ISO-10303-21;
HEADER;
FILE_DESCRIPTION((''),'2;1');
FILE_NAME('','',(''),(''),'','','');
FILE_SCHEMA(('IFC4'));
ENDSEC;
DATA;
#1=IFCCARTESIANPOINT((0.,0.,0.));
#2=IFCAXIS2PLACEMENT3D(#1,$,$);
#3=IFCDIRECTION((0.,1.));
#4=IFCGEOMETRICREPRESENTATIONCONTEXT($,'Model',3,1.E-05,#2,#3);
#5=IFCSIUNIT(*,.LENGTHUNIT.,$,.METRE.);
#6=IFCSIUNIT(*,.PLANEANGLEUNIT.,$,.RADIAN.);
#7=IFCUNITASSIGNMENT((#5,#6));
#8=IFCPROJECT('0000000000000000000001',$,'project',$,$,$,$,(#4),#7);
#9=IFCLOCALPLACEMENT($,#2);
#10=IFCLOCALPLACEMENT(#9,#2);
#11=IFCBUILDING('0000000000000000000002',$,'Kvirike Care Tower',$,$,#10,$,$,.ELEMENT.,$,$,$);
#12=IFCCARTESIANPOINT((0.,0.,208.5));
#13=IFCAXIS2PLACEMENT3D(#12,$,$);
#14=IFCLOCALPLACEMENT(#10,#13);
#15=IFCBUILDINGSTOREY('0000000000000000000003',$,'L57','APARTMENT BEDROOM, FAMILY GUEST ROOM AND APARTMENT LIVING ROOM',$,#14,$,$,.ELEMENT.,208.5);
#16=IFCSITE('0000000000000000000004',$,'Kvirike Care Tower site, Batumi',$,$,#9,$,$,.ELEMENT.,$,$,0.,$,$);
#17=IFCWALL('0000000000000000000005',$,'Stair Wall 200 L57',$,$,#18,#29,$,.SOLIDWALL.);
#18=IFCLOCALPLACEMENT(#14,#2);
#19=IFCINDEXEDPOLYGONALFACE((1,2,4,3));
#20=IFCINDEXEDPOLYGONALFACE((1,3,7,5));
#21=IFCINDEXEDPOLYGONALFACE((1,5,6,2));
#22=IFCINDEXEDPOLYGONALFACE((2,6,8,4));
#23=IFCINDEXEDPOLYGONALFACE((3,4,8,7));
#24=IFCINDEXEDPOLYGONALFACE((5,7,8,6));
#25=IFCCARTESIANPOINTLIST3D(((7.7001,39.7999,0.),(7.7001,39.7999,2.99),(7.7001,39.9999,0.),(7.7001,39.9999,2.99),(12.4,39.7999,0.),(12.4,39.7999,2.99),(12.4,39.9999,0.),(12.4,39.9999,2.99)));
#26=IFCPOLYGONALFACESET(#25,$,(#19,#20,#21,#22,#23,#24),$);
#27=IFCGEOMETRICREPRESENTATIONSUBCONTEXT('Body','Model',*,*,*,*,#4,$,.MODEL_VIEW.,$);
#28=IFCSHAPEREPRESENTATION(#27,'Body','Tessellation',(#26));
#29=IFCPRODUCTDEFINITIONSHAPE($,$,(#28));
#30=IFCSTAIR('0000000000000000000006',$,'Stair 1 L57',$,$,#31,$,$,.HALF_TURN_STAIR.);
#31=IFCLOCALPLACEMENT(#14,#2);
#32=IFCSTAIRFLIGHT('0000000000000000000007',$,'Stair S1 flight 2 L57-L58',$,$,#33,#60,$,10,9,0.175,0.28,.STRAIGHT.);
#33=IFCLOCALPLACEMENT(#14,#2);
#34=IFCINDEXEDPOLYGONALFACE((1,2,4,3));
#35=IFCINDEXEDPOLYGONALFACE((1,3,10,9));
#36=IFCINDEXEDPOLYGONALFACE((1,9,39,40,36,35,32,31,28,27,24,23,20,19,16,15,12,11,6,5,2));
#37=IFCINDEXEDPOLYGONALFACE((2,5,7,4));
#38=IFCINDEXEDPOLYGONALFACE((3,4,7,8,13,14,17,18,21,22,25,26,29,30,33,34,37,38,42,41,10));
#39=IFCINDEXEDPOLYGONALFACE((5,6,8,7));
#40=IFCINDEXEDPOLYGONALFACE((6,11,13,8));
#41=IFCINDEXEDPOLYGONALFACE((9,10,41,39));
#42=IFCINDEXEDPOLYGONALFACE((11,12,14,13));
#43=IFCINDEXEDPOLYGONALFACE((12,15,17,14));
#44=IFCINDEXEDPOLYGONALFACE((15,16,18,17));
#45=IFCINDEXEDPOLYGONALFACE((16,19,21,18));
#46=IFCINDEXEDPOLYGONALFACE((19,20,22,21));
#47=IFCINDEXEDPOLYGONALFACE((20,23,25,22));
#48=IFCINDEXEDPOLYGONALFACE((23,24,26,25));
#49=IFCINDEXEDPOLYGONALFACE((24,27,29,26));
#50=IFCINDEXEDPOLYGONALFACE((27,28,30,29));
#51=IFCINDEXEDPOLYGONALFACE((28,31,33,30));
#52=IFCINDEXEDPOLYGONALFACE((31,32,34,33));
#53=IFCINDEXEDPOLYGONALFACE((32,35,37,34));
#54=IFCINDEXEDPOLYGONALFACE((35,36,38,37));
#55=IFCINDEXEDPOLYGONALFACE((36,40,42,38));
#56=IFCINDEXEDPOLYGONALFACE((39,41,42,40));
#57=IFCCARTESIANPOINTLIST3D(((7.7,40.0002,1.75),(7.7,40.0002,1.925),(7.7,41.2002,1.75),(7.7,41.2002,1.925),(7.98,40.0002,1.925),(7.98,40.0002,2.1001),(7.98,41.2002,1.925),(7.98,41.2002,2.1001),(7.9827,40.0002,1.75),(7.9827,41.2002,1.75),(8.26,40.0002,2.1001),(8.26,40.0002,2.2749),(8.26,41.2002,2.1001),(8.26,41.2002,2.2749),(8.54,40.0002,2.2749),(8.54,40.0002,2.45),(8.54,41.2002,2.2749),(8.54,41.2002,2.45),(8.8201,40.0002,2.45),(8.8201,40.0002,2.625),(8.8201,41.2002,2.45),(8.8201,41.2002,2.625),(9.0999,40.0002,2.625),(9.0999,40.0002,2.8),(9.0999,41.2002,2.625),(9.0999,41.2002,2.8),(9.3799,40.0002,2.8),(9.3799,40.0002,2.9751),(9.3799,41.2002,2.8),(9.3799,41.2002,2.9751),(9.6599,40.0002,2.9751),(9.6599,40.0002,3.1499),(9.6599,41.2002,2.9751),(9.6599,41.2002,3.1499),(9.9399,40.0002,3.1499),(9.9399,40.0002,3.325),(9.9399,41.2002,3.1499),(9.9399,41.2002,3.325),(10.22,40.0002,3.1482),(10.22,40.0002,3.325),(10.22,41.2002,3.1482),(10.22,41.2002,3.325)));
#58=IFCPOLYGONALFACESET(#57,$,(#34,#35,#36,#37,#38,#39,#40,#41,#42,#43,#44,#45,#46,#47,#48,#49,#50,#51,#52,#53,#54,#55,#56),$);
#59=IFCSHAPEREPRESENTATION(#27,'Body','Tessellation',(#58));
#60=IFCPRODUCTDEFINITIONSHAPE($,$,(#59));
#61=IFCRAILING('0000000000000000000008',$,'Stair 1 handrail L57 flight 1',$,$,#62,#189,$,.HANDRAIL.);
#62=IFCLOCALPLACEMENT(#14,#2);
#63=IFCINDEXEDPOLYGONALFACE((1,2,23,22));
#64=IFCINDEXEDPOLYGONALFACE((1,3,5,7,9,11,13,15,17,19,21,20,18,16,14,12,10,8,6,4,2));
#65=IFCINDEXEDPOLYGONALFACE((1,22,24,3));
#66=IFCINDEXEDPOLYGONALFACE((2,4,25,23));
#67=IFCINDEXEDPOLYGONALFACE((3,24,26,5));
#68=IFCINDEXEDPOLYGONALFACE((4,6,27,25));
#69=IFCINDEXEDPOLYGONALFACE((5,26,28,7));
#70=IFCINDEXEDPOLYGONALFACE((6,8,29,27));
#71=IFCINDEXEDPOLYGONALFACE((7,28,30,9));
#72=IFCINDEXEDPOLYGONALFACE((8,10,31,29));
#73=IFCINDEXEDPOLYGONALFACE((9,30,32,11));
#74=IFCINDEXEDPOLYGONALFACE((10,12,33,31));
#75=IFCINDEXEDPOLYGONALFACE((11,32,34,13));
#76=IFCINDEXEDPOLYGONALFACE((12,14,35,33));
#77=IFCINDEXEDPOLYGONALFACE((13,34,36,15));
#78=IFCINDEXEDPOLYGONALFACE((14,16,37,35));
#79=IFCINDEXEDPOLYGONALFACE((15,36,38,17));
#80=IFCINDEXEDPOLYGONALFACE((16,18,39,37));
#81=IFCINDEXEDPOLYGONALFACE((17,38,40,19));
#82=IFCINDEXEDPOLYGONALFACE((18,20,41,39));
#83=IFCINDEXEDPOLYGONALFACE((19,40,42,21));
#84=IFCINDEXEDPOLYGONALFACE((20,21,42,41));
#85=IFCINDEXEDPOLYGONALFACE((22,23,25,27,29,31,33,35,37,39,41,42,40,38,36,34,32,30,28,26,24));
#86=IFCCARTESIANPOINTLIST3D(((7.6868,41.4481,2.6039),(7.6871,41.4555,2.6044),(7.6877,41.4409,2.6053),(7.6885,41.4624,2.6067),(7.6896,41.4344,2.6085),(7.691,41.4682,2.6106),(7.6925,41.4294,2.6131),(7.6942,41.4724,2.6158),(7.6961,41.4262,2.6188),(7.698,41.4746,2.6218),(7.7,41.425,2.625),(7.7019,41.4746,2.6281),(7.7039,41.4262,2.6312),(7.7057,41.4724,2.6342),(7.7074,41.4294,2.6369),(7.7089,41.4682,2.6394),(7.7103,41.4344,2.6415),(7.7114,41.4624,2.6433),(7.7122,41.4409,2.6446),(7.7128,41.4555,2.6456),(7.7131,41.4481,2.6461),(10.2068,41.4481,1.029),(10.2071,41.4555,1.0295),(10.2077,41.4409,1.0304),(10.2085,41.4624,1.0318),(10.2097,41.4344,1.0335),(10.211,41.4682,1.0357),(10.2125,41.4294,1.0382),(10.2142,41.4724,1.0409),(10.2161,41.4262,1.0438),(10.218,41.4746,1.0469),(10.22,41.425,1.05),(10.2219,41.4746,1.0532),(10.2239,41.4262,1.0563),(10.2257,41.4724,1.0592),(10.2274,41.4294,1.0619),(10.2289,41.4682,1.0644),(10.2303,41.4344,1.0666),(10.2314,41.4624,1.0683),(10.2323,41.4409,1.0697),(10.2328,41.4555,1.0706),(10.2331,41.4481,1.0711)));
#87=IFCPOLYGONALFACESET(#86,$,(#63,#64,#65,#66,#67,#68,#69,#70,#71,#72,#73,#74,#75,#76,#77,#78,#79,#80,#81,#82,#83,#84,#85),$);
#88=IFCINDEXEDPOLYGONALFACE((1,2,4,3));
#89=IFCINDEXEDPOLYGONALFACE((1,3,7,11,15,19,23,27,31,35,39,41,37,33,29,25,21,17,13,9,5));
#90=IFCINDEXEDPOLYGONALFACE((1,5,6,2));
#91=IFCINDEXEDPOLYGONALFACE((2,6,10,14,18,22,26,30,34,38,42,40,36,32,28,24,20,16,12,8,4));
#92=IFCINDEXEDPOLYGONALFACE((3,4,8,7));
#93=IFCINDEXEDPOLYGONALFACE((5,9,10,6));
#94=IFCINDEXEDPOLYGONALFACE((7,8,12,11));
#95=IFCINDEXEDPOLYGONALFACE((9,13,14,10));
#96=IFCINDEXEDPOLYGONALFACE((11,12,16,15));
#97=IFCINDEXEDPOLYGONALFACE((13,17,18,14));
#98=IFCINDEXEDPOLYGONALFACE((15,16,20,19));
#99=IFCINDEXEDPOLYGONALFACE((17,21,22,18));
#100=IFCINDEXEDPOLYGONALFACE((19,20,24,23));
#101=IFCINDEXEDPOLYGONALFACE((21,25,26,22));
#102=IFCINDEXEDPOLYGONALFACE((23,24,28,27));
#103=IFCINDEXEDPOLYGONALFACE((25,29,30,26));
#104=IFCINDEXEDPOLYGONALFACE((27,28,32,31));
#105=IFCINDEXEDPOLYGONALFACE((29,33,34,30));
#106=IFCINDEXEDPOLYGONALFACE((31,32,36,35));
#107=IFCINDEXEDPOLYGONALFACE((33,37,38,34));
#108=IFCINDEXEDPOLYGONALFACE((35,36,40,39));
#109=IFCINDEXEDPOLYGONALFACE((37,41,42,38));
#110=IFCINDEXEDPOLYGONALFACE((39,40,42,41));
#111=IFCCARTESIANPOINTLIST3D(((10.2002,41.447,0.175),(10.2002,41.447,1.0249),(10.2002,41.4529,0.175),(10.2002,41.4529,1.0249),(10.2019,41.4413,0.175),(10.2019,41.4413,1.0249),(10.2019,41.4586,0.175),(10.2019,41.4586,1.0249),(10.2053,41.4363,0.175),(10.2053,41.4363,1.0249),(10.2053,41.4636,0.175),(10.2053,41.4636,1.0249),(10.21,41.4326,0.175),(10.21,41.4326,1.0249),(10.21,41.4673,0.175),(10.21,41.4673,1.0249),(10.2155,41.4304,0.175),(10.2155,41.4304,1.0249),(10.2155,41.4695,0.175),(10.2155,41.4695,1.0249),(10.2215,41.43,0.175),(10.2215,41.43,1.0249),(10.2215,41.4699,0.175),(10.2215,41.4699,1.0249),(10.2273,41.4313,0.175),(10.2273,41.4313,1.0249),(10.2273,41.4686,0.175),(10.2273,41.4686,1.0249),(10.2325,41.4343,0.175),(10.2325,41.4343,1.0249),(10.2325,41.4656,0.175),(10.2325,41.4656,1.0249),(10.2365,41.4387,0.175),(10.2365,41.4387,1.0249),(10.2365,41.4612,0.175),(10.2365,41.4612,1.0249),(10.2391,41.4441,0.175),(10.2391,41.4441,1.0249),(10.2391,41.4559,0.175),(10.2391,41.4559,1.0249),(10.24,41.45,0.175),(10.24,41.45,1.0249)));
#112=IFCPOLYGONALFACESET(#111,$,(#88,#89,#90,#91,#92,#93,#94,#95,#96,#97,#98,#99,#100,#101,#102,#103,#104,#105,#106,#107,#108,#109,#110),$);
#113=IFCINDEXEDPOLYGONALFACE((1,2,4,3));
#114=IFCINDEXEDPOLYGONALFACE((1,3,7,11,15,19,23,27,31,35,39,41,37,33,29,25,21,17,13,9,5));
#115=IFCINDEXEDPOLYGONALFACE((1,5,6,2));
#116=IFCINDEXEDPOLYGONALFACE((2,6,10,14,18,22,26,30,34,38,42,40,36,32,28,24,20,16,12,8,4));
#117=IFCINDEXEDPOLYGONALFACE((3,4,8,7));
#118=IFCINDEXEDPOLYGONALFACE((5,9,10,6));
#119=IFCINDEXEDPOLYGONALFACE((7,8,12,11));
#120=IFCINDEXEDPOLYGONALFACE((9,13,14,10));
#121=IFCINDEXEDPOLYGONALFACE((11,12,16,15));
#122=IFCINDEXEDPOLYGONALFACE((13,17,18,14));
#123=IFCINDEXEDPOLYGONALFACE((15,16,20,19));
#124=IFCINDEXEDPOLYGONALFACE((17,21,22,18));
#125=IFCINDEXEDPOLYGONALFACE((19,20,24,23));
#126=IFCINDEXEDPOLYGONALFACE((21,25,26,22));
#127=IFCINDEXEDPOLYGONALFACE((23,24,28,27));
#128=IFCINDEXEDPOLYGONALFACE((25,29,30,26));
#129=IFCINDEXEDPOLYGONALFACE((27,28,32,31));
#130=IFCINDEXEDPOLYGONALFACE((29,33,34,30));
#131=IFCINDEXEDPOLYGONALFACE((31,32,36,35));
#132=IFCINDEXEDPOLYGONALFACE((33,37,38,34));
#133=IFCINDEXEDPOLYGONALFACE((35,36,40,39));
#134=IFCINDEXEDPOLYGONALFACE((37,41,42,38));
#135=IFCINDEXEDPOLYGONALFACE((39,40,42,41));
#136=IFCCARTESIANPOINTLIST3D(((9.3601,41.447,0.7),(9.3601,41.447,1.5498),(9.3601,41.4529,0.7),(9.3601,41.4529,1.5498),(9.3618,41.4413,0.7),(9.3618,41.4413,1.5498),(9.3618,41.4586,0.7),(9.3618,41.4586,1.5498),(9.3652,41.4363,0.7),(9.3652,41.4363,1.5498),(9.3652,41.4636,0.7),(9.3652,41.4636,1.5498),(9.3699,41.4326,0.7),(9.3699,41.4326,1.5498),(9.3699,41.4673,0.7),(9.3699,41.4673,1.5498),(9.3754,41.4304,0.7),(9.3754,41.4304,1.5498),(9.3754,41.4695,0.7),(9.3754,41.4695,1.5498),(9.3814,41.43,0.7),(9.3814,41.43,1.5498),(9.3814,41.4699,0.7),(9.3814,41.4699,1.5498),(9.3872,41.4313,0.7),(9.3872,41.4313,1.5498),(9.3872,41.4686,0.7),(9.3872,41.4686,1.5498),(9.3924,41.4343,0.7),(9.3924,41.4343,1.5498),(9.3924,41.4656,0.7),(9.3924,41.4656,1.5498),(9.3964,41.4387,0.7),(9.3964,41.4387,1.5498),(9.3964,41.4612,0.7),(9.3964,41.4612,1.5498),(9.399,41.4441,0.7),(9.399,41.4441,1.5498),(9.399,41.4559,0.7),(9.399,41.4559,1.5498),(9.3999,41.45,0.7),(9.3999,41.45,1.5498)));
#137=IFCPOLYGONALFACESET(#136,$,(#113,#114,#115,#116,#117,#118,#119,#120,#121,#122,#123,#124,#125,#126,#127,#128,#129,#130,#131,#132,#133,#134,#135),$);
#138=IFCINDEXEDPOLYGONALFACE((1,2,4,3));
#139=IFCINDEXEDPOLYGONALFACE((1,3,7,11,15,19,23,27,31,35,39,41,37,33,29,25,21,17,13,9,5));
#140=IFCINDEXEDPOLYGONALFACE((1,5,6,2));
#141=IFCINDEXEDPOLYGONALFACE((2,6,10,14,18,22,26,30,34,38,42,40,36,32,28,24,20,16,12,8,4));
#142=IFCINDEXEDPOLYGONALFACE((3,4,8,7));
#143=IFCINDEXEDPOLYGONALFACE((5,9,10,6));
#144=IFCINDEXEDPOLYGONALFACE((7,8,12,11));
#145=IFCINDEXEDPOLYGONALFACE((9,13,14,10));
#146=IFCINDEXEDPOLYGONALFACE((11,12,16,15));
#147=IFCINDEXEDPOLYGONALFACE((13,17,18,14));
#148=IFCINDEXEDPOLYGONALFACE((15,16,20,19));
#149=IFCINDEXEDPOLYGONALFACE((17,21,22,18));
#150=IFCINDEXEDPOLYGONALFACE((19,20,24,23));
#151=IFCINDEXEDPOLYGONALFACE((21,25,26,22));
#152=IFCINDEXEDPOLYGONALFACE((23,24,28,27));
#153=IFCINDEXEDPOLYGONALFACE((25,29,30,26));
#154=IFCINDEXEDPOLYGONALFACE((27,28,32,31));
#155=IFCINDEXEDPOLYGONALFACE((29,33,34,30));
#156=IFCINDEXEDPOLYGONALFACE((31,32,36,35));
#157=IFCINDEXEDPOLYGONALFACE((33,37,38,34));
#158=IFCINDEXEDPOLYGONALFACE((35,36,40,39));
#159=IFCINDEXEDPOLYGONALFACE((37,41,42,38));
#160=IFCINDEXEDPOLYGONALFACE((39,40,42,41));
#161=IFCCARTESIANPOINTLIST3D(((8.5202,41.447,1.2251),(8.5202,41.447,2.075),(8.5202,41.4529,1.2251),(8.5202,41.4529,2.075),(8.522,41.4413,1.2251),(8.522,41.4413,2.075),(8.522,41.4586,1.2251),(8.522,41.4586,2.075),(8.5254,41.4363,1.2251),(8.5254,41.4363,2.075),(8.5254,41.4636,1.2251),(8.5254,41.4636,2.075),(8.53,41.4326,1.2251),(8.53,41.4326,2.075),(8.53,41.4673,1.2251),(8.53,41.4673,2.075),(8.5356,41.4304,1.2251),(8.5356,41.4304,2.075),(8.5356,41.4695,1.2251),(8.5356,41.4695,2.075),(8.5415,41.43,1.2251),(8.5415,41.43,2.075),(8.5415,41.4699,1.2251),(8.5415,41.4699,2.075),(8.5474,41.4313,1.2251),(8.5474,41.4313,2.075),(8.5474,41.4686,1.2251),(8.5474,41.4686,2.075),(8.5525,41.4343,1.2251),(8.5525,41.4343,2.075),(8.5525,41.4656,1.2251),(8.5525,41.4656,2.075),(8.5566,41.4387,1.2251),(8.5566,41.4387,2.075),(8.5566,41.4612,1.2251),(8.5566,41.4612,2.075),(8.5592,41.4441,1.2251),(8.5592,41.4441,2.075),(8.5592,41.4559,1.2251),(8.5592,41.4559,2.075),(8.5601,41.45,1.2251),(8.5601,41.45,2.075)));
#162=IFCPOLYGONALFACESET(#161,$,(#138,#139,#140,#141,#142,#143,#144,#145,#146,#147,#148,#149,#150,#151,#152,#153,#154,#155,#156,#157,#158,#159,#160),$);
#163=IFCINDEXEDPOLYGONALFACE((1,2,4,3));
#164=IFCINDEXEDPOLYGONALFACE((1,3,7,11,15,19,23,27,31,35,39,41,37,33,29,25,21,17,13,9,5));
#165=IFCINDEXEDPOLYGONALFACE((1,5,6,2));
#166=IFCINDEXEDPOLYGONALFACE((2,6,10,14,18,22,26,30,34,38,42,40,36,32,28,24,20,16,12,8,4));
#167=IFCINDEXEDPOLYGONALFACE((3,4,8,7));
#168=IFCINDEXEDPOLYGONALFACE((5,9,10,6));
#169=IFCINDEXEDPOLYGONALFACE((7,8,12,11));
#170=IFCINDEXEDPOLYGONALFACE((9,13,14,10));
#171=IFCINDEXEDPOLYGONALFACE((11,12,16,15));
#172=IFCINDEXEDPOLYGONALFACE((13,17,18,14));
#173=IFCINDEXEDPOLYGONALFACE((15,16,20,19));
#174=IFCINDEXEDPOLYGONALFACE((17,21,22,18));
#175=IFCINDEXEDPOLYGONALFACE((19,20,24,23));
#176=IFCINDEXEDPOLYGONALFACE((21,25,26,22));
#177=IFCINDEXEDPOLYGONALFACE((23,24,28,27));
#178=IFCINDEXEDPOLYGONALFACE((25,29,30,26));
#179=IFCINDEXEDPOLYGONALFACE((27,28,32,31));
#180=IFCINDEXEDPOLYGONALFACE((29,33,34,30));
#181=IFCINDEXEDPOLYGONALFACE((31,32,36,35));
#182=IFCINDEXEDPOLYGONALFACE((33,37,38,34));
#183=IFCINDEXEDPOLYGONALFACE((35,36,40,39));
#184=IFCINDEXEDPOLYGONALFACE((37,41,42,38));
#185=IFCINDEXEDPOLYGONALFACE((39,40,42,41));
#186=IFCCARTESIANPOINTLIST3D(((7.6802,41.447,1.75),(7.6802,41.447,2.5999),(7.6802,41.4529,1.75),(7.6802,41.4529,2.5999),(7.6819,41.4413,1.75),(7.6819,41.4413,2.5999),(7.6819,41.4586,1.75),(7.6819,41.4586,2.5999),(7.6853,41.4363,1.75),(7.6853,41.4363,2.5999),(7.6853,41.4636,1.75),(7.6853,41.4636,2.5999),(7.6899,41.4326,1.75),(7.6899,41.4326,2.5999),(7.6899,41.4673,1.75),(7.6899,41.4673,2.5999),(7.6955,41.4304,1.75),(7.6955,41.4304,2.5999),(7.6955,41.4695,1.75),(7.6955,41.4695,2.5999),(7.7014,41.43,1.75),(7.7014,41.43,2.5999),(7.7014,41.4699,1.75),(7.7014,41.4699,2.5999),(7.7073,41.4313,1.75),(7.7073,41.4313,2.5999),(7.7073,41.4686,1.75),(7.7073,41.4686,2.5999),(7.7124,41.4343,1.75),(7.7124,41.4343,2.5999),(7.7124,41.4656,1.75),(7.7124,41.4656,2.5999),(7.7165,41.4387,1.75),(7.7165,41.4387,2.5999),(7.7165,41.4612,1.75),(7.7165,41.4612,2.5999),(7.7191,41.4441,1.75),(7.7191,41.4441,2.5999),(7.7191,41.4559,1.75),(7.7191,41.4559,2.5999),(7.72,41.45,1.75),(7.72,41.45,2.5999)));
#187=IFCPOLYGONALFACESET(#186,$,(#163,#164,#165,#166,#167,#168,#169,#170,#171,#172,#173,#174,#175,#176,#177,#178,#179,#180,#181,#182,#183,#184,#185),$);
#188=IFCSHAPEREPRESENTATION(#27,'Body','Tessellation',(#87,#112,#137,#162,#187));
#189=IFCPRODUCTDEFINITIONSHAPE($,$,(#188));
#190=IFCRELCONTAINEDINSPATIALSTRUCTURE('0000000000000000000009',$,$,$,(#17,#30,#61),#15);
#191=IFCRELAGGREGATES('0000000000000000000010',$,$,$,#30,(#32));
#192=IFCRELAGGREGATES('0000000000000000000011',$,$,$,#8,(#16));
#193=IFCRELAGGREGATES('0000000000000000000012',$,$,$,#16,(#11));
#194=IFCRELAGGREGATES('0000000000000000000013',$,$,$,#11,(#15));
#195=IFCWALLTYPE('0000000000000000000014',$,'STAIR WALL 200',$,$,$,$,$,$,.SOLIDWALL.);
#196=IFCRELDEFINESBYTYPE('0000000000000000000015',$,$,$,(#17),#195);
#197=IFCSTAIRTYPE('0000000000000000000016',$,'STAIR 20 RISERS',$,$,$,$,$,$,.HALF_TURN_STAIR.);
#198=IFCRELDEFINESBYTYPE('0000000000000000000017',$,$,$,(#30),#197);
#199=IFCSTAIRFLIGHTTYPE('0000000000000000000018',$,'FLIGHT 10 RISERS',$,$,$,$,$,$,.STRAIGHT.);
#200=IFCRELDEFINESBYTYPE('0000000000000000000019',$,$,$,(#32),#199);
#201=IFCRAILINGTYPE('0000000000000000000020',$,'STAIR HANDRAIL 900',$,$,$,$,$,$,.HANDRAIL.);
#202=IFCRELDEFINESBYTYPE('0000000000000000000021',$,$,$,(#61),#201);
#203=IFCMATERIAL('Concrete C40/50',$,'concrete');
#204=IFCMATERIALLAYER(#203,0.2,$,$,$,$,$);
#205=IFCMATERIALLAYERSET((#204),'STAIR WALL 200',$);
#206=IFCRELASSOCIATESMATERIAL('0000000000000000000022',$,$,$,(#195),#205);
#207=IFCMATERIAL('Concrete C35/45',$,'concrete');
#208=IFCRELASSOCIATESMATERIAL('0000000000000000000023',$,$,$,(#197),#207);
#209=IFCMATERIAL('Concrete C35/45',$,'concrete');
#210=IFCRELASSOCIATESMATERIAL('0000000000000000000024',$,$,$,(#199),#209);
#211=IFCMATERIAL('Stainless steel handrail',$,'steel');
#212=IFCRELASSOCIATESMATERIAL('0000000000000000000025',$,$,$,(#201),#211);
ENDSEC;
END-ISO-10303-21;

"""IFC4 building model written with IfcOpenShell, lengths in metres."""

from ifc_helpers import new_model, si_unit, direction, frame, frame_2d, origin, origin_2d, place, context, subcontext, project, spatial, polyline, rectangle, circle, outline, extrude, material, layer, layer_set, type_object, element, aggregate, save


model = new_model("IFC4")

# Units and contexts
model_context = context("Model", 3, precision=1e-05, world=origin(), true_north=direction((0.0, 1.0)))
body_context = subcontext(model_context, "Body", "Model", "MODEL_VIEW")
ifc_project = project(units=[si_unit("LENGTHUNIT", "METRE"), si_unit("PLANEANGLEUNIT", "RADIAN")], contexts=[model_context])

# Site, building, storey
site_placement = place(None, origin())
site = spatial("IfcSite", under=ifc_project, at=site_placement, Name="Kvirike Care Tower site, Batumi", CompositionType="ELEMENT", RefElevation=0.0)
building_placement = place(site_placement, origin())
building = spatial("IfcBuilding", under=site, at=building_placement, Name="Kvirike Care Tower", CompositionType="ELEMENT")
storey_placement = place(building_placement, frame((0.0, 0.0, 208.5)))
storey = spatial("IfcBuildingStorey", under=building, at=storey_placement, Name="L57", Description="APARTMENT BEDROOM, FAMILY GUEST ROOM AND APARTMENT LIVING ROOM", CompositionType="ELEMENT", Elevation=208.5)

# Wall
ifc_material_1 = material(Name="Concrete C40/50", Category="concrete")
ifc_layer_1 = layer(ifc_material_1, 0.2)
ifc_layer_set_1 = layer_set([ifc_layer_1], Name="STAIR WALL 200")
wall_type_1 = type_object("IfcWallType", Name="STAIR WALL 200", PredefinedType="SOLIDWALL", material=ifc_layer_set_1)
wall_1_placement = place(storey_placement, frame((7.7, 39.8999, 0.0), z_axis=(0.0, 0.0, 1.0), x_axis=(1.0, 0.0, 0.0)))
element("IfcWall", 1, at=wall_1_placement, inside=storey, type_object=wall_type_1, Name="Stair Wall 200 L57", PredefinedType="SOLIDWALL", context=body_context, shape_type="SweptSolid", body=[
    extrude(rectangle(XDim=4.7, YDim=0.2, at=frame_2d((2.3501, 0.0))), origin(), (0.0, 0.0, 1.0), 2.99),
])

# Stair, stair flight
ifc_material_2 = material(Name="Concrete C35/45", Category="concrete")
stair_type = type_object("IfcStairType", Name="STAIR 20 RISERS", PredefinedType="HALF_TURN_STAIR", material=ifc_material_2)
stair_placement = place(storey_placement, origin())
stair = element("IfcStair", 2, at=stair_placement, inside=storey, type_object=stair_type, Name="Stair 1 L57", PredefinedType="HALF_TURN_STAIR")
ifc_material_3 = material(Name="Concrete C35/45", Category="concrete")
stair_flight_type = type_object("IfcStairFlightType", Name="FLIGHT 10 RISERS", PredefinedType="STRAIGHT", material=ifc_material_3)
stair_flight_placement = place(storey_placement, frame((7.7, 40.6001, 1.75), z_axis=(0.0, 0.0, 1.0), x_axis=(1.0, 0.0, 0.0)))
stair_flight = element("IfcStairFlight", 3, at=stair_flight_placement, type_object=stair_flight_type, Name="Stair S1 flight 2 L57-L58", NumberOfRisers=10, NumberOfTreads=9, PredefinedType="STRAIGHT", RiserHeight=0.175, TreadLength=0.28, context=body_context, shape_type="SweptSolid", body=[
    extrude(outline(polyline([(0.0, 0.0), (0.0, 0.175), (0.28, 0.175), (0.28, 0.3501), (0.5601, 0.3501), (0.5601, 0.5249), (0.8401, 0.5249), (0.8401, 0.7), (1.1201, 0.7), (1.1201, 0.875), (1.3999, 0.875), (1.3999, 1.05), (1.6799, 1.05), (1.6799, 1.2251), (1.96, 1.2251), (1.96, 1.3999), (2.24, 1.3999), (2.24, 1.575), (2.52, 1.575), (2.52, 1.75), (2.52, 1.3982), (0.2827, 0.0), (0.0, 0.0)])), frame((0.0, 0.6001, 0.0), z_axis=(0.0, -1.0, 0.0), x_axis=(1.0, 0.0, 0.0)), (0.0, 0.0, 1.0), 1.2),
])
aggregate(stair, [stair_flight])

# Railing
ifc_material_4 = material(Name="Stainless steel handrail", Category="steel")
railing_type = type_object("IfcRailingType", Name="STAIR HANDRAIL 900", PredefinedType="HANDRAIL", material=ifc_material_4)
railing_1_placement = place(storey_placement, frame((10.22, 41.45, 0.175)))
element("IfcRailing", 4, at=railing_1_placement, inside=storey, type_object=railing_type, Name="Stair 1 handrail L57 flight 1", PredefinedType="HANDRAIL", context=body_context, shape_type="SweptSolid", body=[
    extrude(circle(Radius=0.0249, at=origin_2d()), frame((0.0, 0.0, 0.875), z_axis=(-0.848008, 0.0, 0.529984), x_axis=(0.0, -1.0, 0.0)), (0.0, 0.0, 1.0), 2.9717),
    extrude(circle(Radius=0.02, at=origin_2d()), origin(), (0.0, 0.0, 1.0), 0.8499),
    extrude(circle(Radius=0.02, at=origin_2d()), frame((-0.8401, 0.0, 0.5249)), (0.0, 0.0, 1.0), 0.8499),
    extrude(circle(Radius=0.02, at=origin_2d()), frame((-1.6799, 0.0, 1.05)), (0.0, 0.0, 1.0), 0.8499),
    extrude(circle(Radius=0.02, at=origin_2d()), frame((-2.52, 0.0, 1.575)), (0.0, 0.0, 1.0), 0.8499),
])

save(model, "model.ifc")
